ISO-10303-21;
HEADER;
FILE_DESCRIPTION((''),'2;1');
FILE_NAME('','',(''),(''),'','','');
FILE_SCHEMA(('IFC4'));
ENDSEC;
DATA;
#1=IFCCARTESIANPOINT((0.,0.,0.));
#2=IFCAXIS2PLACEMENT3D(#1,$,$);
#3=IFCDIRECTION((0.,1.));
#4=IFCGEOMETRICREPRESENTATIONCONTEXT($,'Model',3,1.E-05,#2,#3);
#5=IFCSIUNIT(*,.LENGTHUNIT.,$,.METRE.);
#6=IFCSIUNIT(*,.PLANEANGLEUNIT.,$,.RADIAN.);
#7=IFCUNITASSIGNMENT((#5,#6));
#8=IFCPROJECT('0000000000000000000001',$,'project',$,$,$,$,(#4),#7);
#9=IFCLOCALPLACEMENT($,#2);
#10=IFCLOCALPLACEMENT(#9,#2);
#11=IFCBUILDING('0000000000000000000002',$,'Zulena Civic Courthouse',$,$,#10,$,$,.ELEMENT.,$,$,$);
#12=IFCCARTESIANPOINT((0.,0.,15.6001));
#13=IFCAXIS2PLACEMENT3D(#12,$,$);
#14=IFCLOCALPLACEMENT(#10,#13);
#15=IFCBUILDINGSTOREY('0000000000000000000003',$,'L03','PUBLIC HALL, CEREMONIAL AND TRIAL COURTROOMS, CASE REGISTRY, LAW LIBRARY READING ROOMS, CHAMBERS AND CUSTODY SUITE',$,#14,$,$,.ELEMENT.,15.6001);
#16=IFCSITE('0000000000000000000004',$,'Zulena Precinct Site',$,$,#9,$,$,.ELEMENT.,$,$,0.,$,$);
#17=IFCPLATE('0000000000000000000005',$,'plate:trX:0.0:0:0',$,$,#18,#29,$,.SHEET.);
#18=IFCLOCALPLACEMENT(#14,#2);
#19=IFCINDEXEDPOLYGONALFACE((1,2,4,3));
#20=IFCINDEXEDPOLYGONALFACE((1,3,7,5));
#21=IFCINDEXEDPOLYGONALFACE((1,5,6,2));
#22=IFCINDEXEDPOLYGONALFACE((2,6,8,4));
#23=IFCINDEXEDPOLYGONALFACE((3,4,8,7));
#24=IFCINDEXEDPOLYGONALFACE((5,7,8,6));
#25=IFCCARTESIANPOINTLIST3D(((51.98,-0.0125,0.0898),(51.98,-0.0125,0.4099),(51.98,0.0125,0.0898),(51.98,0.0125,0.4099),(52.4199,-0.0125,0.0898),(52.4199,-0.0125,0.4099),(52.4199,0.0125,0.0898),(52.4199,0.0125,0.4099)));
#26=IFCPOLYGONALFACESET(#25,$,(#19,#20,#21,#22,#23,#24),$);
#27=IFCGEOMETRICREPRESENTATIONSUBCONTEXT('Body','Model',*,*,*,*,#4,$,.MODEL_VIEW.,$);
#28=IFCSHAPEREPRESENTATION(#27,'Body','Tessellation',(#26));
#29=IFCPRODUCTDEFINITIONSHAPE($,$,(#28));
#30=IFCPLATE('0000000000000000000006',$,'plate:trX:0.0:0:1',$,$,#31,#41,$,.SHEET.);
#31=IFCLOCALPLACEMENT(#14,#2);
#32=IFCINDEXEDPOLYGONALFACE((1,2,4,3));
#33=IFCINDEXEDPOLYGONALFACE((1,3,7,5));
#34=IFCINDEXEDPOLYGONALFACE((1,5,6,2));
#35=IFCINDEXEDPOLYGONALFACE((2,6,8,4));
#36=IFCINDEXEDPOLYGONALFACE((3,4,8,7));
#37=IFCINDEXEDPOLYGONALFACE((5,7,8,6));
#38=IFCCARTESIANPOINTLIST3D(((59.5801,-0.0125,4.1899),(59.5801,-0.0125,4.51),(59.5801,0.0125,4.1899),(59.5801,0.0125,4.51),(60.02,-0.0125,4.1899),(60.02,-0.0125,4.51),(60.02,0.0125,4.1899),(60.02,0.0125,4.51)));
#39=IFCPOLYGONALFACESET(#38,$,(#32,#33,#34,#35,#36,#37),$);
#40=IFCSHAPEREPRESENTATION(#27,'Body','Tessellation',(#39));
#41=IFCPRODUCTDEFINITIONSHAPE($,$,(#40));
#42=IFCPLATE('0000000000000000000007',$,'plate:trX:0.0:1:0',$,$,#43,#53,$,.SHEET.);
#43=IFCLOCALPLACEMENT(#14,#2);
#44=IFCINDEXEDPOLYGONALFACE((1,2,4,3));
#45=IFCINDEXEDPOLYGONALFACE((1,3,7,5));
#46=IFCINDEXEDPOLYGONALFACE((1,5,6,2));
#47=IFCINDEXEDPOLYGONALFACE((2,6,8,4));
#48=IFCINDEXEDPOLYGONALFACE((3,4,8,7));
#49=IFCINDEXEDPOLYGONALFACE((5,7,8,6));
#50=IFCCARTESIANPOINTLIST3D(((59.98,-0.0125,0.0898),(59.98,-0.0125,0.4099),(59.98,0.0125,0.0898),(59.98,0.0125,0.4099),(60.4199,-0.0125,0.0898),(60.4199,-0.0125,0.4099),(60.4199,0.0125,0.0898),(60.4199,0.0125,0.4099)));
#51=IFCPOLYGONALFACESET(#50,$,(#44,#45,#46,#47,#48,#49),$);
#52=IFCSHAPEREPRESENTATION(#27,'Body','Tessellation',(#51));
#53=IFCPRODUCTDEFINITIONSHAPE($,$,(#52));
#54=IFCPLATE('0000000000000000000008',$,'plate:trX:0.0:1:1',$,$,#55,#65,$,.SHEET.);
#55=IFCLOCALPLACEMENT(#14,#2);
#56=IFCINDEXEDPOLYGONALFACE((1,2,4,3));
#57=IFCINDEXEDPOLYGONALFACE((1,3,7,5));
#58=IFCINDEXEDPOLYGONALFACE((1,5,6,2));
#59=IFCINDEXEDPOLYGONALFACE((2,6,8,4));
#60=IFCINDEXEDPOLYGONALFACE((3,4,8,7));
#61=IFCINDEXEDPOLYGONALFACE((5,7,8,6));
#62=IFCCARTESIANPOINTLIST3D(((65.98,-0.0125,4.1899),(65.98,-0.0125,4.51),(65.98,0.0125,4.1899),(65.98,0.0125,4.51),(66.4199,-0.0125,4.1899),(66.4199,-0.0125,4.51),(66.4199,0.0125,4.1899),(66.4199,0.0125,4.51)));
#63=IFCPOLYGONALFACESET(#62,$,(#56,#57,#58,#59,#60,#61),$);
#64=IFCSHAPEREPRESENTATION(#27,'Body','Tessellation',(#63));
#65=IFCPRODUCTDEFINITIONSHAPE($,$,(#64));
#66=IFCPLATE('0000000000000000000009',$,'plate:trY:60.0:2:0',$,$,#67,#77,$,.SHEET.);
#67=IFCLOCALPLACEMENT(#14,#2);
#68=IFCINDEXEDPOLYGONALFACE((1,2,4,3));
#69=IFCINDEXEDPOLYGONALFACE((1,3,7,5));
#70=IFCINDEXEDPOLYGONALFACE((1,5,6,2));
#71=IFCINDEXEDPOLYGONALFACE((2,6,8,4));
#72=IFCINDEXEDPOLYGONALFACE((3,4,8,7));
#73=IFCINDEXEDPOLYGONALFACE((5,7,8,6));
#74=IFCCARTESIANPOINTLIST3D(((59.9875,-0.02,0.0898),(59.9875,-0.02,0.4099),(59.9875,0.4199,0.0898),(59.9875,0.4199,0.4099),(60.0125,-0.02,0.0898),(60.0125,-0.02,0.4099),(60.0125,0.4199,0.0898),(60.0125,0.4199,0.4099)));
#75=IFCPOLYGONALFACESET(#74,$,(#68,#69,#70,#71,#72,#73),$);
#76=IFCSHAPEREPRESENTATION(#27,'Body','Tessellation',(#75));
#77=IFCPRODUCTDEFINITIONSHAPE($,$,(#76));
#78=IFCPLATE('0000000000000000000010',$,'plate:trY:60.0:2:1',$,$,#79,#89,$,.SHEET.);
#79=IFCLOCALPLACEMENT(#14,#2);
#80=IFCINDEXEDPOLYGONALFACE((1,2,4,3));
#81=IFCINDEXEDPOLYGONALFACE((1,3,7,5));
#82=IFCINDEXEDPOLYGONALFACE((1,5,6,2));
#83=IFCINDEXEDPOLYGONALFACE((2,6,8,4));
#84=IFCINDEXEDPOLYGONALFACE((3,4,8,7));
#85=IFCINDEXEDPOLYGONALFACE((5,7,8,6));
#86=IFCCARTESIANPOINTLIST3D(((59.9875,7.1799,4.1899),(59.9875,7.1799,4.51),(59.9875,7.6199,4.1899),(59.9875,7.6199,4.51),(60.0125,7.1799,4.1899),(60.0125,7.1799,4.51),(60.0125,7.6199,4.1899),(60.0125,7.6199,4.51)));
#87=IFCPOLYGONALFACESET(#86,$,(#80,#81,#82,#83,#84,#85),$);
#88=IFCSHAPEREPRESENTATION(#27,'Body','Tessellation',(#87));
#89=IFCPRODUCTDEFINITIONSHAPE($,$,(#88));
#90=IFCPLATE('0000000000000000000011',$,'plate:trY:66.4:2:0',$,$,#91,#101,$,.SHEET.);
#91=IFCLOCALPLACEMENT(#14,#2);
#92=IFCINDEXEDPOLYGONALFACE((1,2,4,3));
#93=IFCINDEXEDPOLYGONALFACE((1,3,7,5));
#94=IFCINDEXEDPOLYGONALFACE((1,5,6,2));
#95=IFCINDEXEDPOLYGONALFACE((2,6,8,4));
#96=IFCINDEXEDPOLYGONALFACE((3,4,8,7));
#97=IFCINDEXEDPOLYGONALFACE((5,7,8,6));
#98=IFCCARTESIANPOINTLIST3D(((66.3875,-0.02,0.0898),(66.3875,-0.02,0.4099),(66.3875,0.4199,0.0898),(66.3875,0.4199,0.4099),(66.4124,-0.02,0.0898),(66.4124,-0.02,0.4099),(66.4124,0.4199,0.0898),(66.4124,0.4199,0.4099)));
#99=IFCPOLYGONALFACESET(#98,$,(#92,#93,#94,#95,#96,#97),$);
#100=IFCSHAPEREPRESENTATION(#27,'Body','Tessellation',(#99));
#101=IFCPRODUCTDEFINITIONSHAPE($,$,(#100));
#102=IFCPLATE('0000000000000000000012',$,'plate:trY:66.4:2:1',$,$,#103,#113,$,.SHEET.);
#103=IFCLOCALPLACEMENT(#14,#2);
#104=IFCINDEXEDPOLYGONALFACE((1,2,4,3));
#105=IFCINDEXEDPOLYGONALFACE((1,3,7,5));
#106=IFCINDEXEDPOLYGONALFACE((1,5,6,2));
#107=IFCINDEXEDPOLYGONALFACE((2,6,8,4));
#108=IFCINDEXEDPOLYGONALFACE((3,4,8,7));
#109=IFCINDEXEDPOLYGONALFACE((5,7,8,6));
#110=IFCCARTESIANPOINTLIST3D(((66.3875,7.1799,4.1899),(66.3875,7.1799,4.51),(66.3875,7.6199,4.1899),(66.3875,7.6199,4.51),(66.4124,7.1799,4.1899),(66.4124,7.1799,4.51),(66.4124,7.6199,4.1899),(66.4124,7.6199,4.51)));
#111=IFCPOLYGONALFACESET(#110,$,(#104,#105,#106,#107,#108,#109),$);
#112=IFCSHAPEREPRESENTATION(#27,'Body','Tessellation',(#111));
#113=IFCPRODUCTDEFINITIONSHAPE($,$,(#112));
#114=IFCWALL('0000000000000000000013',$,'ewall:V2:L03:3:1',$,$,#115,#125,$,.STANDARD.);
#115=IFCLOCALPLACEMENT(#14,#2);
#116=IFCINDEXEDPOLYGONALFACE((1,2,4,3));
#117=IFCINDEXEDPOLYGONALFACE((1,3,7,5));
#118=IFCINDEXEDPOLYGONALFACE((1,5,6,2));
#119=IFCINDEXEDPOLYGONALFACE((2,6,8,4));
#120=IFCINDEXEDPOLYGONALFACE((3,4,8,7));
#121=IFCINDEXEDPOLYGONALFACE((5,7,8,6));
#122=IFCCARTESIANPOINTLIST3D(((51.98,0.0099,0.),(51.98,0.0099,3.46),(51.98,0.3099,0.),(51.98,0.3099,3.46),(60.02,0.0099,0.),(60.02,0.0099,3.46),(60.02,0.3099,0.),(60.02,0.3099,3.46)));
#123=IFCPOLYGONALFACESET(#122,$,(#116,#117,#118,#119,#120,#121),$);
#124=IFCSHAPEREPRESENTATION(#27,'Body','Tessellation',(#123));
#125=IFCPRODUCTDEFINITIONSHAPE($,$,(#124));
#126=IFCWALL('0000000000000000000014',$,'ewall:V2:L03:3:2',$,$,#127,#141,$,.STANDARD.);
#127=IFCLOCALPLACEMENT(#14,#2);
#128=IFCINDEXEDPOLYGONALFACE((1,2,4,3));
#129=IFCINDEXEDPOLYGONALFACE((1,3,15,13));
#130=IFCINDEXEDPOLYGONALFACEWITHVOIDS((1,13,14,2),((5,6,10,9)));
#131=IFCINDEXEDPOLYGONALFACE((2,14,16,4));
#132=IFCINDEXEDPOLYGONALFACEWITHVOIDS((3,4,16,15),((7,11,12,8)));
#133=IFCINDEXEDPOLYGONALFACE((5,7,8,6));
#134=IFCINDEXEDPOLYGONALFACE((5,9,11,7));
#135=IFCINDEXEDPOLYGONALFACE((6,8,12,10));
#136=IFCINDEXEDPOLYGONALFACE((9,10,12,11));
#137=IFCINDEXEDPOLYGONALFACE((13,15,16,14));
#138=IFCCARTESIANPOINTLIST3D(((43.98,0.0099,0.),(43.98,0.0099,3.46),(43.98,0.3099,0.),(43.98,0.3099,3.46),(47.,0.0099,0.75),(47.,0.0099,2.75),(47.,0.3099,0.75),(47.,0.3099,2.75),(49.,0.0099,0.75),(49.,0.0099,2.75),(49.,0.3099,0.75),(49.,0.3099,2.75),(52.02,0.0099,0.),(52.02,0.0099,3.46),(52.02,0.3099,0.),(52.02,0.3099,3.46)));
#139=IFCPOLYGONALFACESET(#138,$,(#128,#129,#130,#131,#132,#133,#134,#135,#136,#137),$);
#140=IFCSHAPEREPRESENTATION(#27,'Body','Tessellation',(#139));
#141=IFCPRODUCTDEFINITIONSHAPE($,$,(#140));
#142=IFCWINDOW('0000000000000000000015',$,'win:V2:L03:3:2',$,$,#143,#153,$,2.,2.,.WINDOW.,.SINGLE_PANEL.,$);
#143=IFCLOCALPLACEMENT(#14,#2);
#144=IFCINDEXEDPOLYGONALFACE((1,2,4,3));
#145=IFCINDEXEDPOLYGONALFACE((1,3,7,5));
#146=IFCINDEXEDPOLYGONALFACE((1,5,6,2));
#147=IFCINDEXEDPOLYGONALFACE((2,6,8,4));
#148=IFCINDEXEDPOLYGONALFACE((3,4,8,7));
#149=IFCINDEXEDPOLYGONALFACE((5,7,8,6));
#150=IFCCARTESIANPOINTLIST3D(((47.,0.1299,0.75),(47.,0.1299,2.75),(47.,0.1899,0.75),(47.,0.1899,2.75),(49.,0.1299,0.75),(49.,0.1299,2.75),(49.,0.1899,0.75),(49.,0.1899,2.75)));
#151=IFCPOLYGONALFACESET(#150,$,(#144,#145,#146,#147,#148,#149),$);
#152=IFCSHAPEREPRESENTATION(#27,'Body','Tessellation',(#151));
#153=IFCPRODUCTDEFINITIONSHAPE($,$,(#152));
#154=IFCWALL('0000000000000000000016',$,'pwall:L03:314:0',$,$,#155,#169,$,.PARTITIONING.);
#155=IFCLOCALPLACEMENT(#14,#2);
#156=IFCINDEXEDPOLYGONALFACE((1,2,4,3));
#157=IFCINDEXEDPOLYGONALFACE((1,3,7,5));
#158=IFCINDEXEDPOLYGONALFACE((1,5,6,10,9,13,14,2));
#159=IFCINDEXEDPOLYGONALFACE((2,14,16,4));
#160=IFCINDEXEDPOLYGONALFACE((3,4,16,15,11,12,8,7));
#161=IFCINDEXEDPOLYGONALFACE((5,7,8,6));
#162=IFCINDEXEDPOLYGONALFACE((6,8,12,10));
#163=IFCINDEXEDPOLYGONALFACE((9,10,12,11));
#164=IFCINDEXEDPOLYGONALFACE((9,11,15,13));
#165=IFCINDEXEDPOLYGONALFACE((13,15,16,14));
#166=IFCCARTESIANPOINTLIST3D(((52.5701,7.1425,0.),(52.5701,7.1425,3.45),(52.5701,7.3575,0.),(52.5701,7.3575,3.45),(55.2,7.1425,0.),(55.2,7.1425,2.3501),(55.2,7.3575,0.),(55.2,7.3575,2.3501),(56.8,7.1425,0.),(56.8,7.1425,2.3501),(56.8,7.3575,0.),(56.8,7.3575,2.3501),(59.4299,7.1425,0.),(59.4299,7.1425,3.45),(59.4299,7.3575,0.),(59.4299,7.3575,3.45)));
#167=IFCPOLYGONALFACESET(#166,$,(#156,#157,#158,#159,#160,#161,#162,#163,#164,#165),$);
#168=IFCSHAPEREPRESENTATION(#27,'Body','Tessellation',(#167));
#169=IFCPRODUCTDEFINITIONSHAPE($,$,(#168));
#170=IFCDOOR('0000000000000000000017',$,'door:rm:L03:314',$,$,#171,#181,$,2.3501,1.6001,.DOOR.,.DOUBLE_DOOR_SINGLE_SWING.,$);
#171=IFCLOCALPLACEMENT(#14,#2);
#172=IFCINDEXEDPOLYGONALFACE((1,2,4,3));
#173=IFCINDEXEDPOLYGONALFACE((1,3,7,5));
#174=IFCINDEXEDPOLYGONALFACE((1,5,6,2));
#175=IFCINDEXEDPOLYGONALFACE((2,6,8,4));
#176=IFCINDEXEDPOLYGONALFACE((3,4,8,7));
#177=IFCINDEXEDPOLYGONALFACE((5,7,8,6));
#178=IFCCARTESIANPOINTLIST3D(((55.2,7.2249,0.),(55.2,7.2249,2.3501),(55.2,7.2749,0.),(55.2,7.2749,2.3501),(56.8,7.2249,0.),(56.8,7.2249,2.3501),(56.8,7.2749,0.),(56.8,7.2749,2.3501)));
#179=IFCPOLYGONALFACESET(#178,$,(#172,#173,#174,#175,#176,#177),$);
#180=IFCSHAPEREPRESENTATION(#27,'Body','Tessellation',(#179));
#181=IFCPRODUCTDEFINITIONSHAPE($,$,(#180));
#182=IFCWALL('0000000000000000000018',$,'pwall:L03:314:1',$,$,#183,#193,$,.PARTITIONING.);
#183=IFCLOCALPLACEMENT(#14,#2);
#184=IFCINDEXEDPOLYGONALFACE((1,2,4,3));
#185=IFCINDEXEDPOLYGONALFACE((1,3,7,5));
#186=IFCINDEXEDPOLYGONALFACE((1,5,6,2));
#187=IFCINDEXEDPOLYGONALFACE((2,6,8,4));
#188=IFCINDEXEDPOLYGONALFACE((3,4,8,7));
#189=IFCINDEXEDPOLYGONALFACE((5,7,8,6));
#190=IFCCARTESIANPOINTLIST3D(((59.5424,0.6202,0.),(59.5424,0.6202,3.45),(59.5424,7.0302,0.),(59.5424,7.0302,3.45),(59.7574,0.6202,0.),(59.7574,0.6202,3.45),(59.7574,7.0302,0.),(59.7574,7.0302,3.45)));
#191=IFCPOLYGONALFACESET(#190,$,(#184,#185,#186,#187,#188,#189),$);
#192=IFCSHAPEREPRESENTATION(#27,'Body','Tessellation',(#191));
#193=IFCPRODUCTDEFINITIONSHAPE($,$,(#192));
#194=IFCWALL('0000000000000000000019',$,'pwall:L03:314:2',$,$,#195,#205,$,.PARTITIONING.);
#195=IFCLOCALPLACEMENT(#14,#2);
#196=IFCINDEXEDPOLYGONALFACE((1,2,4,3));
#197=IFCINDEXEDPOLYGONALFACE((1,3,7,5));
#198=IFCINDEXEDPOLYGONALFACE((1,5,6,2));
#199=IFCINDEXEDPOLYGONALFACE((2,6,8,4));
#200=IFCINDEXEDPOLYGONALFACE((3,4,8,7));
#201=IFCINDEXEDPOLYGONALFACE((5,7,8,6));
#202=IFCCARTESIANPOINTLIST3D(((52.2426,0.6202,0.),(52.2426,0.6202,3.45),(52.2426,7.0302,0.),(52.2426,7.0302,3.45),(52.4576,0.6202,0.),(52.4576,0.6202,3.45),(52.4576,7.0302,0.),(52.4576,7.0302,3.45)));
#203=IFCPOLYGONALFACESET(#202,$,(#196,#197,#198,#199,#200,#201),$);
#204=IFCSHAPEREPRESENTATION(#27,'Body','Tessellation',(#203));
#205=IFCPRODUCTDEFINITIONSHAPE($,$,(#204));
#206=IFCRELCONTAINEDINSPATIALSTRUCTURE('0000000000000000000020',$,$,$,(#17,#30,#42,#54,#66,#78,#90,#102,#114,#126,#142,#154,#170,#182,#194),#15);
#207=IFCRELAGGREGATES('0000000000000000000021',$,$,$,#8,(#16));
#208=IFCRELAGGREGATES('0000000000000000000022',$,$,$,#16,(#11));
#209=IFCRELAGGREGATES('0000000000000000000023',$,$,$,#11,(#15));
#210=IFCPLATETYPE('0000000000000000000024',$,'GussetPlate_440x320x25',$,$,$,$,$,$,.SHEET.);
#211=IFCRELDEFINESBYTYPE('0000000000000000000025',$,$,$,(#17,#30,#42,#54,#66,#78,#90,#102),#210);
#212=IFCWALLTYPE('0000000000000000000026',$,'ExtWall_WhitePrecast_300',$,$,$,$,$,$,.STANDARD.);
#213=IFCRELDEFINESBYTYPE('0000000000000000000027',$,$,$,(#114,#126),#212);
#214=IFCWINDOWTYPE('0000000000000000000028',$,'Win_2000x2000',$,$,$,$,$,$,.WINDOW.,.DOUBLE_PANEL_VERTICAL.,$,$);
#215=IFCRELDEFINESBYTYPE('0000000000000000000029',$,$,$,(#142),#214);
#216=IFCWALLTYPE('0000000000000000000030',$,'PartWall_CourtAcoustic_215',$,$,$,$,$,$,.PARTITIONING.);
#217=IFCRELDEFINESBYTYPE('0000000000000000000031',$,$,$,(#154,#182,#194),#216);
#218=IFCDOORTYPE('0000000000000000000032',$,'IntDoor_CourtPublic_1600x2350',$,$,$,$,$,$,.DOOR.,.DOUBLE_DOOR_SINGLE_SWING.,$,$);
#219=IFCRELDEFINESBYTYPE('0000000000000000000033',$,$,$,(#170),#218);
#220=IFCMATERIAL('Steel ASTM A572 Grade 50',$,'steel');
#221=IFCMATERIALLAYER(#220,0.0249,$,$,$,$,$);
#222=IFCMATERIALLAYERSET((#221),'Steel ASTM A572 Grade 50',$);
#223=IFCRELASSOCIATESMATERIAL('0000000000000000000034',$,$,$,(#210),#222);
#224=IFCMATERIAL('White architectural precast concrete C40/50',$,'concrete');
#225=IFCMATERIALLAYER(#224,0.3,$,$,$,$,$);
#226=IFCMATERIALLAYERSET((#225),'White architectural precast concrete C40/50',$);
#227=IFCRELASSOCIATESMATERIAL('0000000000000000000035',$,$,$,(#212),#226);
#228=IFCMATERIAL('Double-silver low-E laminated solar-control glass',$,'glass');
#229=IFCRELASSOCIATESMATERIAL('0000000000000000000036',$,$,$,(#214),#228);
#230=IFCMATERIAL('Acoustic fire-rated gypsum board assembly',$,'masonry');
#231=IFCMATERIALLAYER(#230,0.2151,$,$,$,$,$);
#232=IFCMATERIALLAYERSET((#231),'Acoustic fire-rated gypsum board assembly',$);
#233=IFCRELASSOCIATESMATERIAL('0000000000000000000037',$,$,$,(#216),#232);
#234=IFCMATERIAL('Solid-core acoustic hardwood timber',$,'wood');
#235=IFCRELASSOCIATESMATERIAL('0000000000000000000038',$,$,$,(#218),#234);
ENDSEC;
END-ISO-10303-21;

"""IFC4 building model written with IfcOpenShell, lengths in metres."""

from ifc_helpers import new_model, si_unit, direction, frame, frame_2d, origin, origin_2d, place, context, subcontext, project, spatial, rectangle, extrude, material, layer, layer_set, type_object, element, fill, save


model = new_model("IFC4")

# Units and contexts
model_context = context("Model", 3, precision=1e-05, world=origin(), true_north=direction((0.0, 1.0)))
body_context = subcontext(model_context, "Body", "Model", "MODEL_VIEW")
ifc_project = project(units=[si_unit("LENGTHUNIT", "METRE"), si_unit("PLANEANGLEUNIT", "RADIAN")], contexts=[model_context])

# Site, building, storey
site_placement = place(None, origin())
site = spatial("IfcSite", under=ifc_project, at=site_placement, Name="Zulena Precinct Site", CompositionType="ELEMENT", RefElevation=0.0)
building_placement = place(site_placement, origin())
building = spatial("IfcBuilding", under=site, at=building_placement, Name="Zulena Civic Courthouse", CompositionType="ELEMENT")
storey_placement = place(building_placement, frame((0.0, 0.0, 15.6001)))
storey = spatial("IfcBuildingStorey", under=building, at=storey_placement, Name="L03", Description="PUBLIC HALL, CEREMONIAL AND TRIAL COURTROOMS, CASE REGISTRY, LAW LIBRARY READING ROOMS, CHAMBERS AND CUSTODY SUITE", CompositionType="ELEMENT", Elevation=15.6001)

# Plates
ifc_material_1 = material(Name="Steel ASTM A572 Grade 50", Category="steel")
ifc_layer_1 = layer(ifc_material_1, 0.0249)
ifc_layer_set_1 = layer_set([ifc_layer_1], Name="Steel ASTM A572 Grade 50")
plate_type = type_object("IfcPlateType", Name="GussetPlate_440x320x25", PredefinedType="SHEET", material=ifc_layer_set_1)
for number, where, z_axis, x_axis, name in (
    (1, (52.2, 0.0, 0.0898), (0.0, 0.0, 1.0), (1.0, 0.0, 0.0), "plate:trX:0.0:0:0"),
    (2, (59.8, 0.0, 4.1899), (0.0, 0.0, 1.0), (1.0, 0.0, 0.0), "plate:trX:0.0:0:1"),
    (3, (60.2, 0.0, 0.0898), (0.0, 0.0, 1.0), (1.0, 0.0, 0.0), "plate:trX:0.0:1:0"),
    (4, (66.2, 0.0, 4.1899), (0.0, 0.0, 1.0), (1.0, 0.0, 0.0), "plate:trX:0.0:1:1"),
):
    element("IfcPlate", number, at=place(storey_placement, frame(where, z_axis=z_axis, x_axis=x_axis)), inside=storey, type_object=plate_type, Name=name, PredefinedType="SHEET", context=body_context, shape_type="SweptSolid", body=[
        extrude(rectangle(XDim=0.4399, YDim=0.0249, at=origin_2d()), origin(), (0.0, 0.0, 1.0), 0.3201),
    ])
for number, where, z_axis, x_axis, name in (
    (5, (60.0, 0.2, 0.0898), (0.0, 0.0, 1.0), (1.0, 0.0, 0.0), "plate:trY:60.0:2:0"),
    (6, (60.0, 7.3999, 4.1899), (0.0, 0.0, 1.0), (1.0, 0.0, 0.0), "plate:trY:60.0:2:1"),
    (7, (66.3999, 0.2, 0.0898), (0.0, 0.0, 1.0), (1.0, 0.0, 0.0), "plate:trY:66.4:2:0"),
    (8, (66.3999, 7.3999, 4.1899), (0.0, 0.0, 1.0), (1.0, 0.0, 0.0), "plate:trY:66.4:2:1"),
):
    element("IfcPlate", number, at=place(storey_placement, frame(where, z_axis=z_axis, x_axis=x_axis)), inside=storey, type_object=plate_type, Name=name, PredefinedType="SHEET", context=body_context, shape_type="SweptSolid", body=[
        extrude(rectangle(XDim=0.0249, YDim=0.4399, at=origin_2d()), origin(), (0.0, 0.0, 1.0), 0.3201),
    ])

# Wall
ifc_material_2 = material(Name="White architectural precast concrete C40/50", Category="concrete")
ifc_layer_2 = layer(ifc_material_2, 0.3)
ifc_layer_set_2 = layer_set([ifc_layer_2], Name="White architectural precast concrete C40/50")
wall_type_1 = type_object("IfcWallType", Name="ExtWall_WhitePrecast_300", PredefinedType="STANDARD", material=ifc_layer_set_2)
wall_1_placement = place(storey_placement, frame((60.02, 0.1599, 0.0), z_axis=(0.0, 0.0, 1.0), x_axis=(-1.0, 0.0, 0.0)))
element("IfcWall", 9, at=wall_1_placement, inside=storey, type_object=wall_type_1, Name="ewall:V2:L03:3:1", PredefinedType="STANDARD", context=body_context, shape_type="SweptSolid", body=[
    extrude(rectangle(XDim=8.04, YDim=0.3, at=frame_2d((4.02, 0.0))), origin(), (0.0, 0.0, 1.0), 3.46),
])

# Wall, opening, window
wall_2_placement = place(storey_placement, frame((52.02, 0.1599, 0.0), z_axis=(0.0, 0.0, 1.0), x_axis=(-1.0, 0.0, 0.0)))
wall_2 = element("IfcWall", 10, at=wall_2_placement, inside=storey, type_object=wall_type_1, Name="ewall:V2:L03:3:2", PredefinedType="STANDARD", context=body_context, shape_type="SweptSolid", body=[
    extrude(rectangle(XDim=8.04, YDim=0.3, at=frame_2d((4.02, 0.0))), origin(), (0.0, 0.0, 1.0), 3.46),
])
opening_1_placement = place(wall_2_placement, frame((3.02, 0.0, 0.75)))
opening_1 = element("IfcOpeningElement", 11, at=opening_1_placement, cuts=wall_2, PredefinedType="OPENING", context=body_context, shape_type="SweptSolid", body=[
    extrude(rectangle(XDim=2.0, YDim=2.0, at=frame_2d((1.0, 1.0))), frame((0.0, 0.1599, 0.0), z_axis=(0.0, -1.0, 0.0), x_axis=(1.0, 0.0, 0.0)), (0.0, 0.0, 1.0), 0.3201),
])
ifc_material_3 = material(Name="Double-silver low-E laminated solar-control glass", Category="glass")
window_type = type_object("IfcWindowType", Name="Win_2000x2000", PartitioningType="DOUBLE_PANEL_VERTICAL", PredefinedType="WINDOW", material=ifc_material_3)
window_placement = place(opening_1_placement, origin())
window = element("IfcWindow", 12, at=window_placement, inside=storey, type_object=window_type, Name="win:V2:L03:3:2", OverallHeight=2.0, OverallWidth=2.0, PartitioningType="SINGLE_PANEL", PredefinedType="WINDOW", context=body_context, shape_type="SweptSolid", body=[
    extrude(rectangle(XDim=2.0, YDim=2.0, at=frame_2d((1.0, 1.0))), frame((0.0, 0.03, 0.0), z_axis=(0.0, -1.0, 0.0), x_axis=(1.0, 0.0, 0.0)), (0.0, 0.0, 1.0), 0.0601),
])
fill(opening_1, window)

# Wall, opening, door
ifc_material_4 = material(Name="Acoustic fire-rated gypsum board assembly", Category="masonry")
ifc_layer_3 = layer(ifc_material_4, 0.2151)
ifc_layer_set_3 = layer_set([ifc_layer_3], Name="Acoustic fire-rated gypsum board assembly")
wall_type_2 = type_object("IfcWallType", Name="PartWall_CourtAcoustic_215", PredefinedType="PARTITIONING", material=ifc_layer_set_3)
wall_3_placement = place(storey_placement, frame((52.5701, 7.25, 0.0), z_axis=(0.0, 0.0, 1.0), x_axis=(1.0, 0.0, 0.0)))
wall_3 = element("IfcWall", 13, at=wall_3_placement, inside=storey, type_object=wall_type_2, Name="pwall:L03:314:0", PredefinedType="PARTITIONING", context=body_context, shape_type="SweptSolid", body=[
    extrude(rectangle(XDim=6.8599, YDim=0.2151, at=frame_2d((3.4299, 0.0))), origin(), (0.0, 0.0, 1.0), 3.45),
])
opening_2_placement = place(wall_3_placement, frame((2.6299, 0.0, 0.0)))
opening_2 = element("IfcOpeningElement", 14, at=opening_2_placement, cuts=wall_3, PredefinedType="OPENING", context=body_context, shape_type="SweptSolid", body=[
    extrude(rectangle(XDim=1.6001, YDim=2.3501, at=frame_2d((0.8, 1.175))), frame((0.0, 0.1174, 0.0), z_axis=(0.0, -1.0, 0.0), x_axis=(1.0, 0.0, 0.0)), (0.0, 0.0, 1.0), 0.2351),
])
ifc_material_5 = material(Name="Solid-core acoustic hardwood timber", Category="wood")
door_type_1 = type_object("IfcDoorType", Name="IntDoor_CourtPublic_1600x2350", OperationType="DOUBLE_DOOR_SINGLE_SWING", PredefinedType="DOOR", material=ifc_material_5)
door_1_placement = place(opening_2_placement, origin())
door_1 = element("IfcDoor", 15, at=door_1_placement, inside=storey, type_object=door_type_1, Name="door:rm:L03:314", OperationType="DOUBLE_DOOR_SINGLE_SWING", OverallHeight=2.3501, OverallWidth=1.6001, PredefinedType="DOOR", context=body_context, shape_type="SweptSolid", body=[
    extrude(rectangle(XDim=1.6001, YDim=2.3501, at=frame_2d((0.8, 1.175))), frame((0.0, 0.0249, 0.0), z_axis=(0.0, -1.0, 0.0), x_axis=(1.0, 0.0, 0.0)), (0.0, 0.0, 1.0), 0.05),
])
fill(opening_2, door_1)

# Walls
for number, where, z_axis, x_axis, name in (
    (16, (59.6499, 0.6201, 0.0), (0.0, 0.0, 1.0), (0.0, 1.0, 0.0), "pwall:L03:314:1"),
    (17, (52.3501, 0.6201, 0.0), (0.0, 0.0, 1.0), (0.0, 1.0, 0.0), "pwall:L03:314:2"),
):
    element("IfcWall", number, at=place(storey_placement, frame(where, z_axis=z_axis, x_axis=x_axis)), inside=storey, type_object=wall_type_2, Name=name, PredefinedType="PARTITIONING", context=body_context, shape_type="SweptSolid", body=[
        extrude(rectangle(XDim=6.4099, YDim=0.2151, at=frame_2d((3.2051, 0.0))), origin(), (0.0, 0.0, 1.0), 3.45),
    ])

save(model, "model.ifc")
